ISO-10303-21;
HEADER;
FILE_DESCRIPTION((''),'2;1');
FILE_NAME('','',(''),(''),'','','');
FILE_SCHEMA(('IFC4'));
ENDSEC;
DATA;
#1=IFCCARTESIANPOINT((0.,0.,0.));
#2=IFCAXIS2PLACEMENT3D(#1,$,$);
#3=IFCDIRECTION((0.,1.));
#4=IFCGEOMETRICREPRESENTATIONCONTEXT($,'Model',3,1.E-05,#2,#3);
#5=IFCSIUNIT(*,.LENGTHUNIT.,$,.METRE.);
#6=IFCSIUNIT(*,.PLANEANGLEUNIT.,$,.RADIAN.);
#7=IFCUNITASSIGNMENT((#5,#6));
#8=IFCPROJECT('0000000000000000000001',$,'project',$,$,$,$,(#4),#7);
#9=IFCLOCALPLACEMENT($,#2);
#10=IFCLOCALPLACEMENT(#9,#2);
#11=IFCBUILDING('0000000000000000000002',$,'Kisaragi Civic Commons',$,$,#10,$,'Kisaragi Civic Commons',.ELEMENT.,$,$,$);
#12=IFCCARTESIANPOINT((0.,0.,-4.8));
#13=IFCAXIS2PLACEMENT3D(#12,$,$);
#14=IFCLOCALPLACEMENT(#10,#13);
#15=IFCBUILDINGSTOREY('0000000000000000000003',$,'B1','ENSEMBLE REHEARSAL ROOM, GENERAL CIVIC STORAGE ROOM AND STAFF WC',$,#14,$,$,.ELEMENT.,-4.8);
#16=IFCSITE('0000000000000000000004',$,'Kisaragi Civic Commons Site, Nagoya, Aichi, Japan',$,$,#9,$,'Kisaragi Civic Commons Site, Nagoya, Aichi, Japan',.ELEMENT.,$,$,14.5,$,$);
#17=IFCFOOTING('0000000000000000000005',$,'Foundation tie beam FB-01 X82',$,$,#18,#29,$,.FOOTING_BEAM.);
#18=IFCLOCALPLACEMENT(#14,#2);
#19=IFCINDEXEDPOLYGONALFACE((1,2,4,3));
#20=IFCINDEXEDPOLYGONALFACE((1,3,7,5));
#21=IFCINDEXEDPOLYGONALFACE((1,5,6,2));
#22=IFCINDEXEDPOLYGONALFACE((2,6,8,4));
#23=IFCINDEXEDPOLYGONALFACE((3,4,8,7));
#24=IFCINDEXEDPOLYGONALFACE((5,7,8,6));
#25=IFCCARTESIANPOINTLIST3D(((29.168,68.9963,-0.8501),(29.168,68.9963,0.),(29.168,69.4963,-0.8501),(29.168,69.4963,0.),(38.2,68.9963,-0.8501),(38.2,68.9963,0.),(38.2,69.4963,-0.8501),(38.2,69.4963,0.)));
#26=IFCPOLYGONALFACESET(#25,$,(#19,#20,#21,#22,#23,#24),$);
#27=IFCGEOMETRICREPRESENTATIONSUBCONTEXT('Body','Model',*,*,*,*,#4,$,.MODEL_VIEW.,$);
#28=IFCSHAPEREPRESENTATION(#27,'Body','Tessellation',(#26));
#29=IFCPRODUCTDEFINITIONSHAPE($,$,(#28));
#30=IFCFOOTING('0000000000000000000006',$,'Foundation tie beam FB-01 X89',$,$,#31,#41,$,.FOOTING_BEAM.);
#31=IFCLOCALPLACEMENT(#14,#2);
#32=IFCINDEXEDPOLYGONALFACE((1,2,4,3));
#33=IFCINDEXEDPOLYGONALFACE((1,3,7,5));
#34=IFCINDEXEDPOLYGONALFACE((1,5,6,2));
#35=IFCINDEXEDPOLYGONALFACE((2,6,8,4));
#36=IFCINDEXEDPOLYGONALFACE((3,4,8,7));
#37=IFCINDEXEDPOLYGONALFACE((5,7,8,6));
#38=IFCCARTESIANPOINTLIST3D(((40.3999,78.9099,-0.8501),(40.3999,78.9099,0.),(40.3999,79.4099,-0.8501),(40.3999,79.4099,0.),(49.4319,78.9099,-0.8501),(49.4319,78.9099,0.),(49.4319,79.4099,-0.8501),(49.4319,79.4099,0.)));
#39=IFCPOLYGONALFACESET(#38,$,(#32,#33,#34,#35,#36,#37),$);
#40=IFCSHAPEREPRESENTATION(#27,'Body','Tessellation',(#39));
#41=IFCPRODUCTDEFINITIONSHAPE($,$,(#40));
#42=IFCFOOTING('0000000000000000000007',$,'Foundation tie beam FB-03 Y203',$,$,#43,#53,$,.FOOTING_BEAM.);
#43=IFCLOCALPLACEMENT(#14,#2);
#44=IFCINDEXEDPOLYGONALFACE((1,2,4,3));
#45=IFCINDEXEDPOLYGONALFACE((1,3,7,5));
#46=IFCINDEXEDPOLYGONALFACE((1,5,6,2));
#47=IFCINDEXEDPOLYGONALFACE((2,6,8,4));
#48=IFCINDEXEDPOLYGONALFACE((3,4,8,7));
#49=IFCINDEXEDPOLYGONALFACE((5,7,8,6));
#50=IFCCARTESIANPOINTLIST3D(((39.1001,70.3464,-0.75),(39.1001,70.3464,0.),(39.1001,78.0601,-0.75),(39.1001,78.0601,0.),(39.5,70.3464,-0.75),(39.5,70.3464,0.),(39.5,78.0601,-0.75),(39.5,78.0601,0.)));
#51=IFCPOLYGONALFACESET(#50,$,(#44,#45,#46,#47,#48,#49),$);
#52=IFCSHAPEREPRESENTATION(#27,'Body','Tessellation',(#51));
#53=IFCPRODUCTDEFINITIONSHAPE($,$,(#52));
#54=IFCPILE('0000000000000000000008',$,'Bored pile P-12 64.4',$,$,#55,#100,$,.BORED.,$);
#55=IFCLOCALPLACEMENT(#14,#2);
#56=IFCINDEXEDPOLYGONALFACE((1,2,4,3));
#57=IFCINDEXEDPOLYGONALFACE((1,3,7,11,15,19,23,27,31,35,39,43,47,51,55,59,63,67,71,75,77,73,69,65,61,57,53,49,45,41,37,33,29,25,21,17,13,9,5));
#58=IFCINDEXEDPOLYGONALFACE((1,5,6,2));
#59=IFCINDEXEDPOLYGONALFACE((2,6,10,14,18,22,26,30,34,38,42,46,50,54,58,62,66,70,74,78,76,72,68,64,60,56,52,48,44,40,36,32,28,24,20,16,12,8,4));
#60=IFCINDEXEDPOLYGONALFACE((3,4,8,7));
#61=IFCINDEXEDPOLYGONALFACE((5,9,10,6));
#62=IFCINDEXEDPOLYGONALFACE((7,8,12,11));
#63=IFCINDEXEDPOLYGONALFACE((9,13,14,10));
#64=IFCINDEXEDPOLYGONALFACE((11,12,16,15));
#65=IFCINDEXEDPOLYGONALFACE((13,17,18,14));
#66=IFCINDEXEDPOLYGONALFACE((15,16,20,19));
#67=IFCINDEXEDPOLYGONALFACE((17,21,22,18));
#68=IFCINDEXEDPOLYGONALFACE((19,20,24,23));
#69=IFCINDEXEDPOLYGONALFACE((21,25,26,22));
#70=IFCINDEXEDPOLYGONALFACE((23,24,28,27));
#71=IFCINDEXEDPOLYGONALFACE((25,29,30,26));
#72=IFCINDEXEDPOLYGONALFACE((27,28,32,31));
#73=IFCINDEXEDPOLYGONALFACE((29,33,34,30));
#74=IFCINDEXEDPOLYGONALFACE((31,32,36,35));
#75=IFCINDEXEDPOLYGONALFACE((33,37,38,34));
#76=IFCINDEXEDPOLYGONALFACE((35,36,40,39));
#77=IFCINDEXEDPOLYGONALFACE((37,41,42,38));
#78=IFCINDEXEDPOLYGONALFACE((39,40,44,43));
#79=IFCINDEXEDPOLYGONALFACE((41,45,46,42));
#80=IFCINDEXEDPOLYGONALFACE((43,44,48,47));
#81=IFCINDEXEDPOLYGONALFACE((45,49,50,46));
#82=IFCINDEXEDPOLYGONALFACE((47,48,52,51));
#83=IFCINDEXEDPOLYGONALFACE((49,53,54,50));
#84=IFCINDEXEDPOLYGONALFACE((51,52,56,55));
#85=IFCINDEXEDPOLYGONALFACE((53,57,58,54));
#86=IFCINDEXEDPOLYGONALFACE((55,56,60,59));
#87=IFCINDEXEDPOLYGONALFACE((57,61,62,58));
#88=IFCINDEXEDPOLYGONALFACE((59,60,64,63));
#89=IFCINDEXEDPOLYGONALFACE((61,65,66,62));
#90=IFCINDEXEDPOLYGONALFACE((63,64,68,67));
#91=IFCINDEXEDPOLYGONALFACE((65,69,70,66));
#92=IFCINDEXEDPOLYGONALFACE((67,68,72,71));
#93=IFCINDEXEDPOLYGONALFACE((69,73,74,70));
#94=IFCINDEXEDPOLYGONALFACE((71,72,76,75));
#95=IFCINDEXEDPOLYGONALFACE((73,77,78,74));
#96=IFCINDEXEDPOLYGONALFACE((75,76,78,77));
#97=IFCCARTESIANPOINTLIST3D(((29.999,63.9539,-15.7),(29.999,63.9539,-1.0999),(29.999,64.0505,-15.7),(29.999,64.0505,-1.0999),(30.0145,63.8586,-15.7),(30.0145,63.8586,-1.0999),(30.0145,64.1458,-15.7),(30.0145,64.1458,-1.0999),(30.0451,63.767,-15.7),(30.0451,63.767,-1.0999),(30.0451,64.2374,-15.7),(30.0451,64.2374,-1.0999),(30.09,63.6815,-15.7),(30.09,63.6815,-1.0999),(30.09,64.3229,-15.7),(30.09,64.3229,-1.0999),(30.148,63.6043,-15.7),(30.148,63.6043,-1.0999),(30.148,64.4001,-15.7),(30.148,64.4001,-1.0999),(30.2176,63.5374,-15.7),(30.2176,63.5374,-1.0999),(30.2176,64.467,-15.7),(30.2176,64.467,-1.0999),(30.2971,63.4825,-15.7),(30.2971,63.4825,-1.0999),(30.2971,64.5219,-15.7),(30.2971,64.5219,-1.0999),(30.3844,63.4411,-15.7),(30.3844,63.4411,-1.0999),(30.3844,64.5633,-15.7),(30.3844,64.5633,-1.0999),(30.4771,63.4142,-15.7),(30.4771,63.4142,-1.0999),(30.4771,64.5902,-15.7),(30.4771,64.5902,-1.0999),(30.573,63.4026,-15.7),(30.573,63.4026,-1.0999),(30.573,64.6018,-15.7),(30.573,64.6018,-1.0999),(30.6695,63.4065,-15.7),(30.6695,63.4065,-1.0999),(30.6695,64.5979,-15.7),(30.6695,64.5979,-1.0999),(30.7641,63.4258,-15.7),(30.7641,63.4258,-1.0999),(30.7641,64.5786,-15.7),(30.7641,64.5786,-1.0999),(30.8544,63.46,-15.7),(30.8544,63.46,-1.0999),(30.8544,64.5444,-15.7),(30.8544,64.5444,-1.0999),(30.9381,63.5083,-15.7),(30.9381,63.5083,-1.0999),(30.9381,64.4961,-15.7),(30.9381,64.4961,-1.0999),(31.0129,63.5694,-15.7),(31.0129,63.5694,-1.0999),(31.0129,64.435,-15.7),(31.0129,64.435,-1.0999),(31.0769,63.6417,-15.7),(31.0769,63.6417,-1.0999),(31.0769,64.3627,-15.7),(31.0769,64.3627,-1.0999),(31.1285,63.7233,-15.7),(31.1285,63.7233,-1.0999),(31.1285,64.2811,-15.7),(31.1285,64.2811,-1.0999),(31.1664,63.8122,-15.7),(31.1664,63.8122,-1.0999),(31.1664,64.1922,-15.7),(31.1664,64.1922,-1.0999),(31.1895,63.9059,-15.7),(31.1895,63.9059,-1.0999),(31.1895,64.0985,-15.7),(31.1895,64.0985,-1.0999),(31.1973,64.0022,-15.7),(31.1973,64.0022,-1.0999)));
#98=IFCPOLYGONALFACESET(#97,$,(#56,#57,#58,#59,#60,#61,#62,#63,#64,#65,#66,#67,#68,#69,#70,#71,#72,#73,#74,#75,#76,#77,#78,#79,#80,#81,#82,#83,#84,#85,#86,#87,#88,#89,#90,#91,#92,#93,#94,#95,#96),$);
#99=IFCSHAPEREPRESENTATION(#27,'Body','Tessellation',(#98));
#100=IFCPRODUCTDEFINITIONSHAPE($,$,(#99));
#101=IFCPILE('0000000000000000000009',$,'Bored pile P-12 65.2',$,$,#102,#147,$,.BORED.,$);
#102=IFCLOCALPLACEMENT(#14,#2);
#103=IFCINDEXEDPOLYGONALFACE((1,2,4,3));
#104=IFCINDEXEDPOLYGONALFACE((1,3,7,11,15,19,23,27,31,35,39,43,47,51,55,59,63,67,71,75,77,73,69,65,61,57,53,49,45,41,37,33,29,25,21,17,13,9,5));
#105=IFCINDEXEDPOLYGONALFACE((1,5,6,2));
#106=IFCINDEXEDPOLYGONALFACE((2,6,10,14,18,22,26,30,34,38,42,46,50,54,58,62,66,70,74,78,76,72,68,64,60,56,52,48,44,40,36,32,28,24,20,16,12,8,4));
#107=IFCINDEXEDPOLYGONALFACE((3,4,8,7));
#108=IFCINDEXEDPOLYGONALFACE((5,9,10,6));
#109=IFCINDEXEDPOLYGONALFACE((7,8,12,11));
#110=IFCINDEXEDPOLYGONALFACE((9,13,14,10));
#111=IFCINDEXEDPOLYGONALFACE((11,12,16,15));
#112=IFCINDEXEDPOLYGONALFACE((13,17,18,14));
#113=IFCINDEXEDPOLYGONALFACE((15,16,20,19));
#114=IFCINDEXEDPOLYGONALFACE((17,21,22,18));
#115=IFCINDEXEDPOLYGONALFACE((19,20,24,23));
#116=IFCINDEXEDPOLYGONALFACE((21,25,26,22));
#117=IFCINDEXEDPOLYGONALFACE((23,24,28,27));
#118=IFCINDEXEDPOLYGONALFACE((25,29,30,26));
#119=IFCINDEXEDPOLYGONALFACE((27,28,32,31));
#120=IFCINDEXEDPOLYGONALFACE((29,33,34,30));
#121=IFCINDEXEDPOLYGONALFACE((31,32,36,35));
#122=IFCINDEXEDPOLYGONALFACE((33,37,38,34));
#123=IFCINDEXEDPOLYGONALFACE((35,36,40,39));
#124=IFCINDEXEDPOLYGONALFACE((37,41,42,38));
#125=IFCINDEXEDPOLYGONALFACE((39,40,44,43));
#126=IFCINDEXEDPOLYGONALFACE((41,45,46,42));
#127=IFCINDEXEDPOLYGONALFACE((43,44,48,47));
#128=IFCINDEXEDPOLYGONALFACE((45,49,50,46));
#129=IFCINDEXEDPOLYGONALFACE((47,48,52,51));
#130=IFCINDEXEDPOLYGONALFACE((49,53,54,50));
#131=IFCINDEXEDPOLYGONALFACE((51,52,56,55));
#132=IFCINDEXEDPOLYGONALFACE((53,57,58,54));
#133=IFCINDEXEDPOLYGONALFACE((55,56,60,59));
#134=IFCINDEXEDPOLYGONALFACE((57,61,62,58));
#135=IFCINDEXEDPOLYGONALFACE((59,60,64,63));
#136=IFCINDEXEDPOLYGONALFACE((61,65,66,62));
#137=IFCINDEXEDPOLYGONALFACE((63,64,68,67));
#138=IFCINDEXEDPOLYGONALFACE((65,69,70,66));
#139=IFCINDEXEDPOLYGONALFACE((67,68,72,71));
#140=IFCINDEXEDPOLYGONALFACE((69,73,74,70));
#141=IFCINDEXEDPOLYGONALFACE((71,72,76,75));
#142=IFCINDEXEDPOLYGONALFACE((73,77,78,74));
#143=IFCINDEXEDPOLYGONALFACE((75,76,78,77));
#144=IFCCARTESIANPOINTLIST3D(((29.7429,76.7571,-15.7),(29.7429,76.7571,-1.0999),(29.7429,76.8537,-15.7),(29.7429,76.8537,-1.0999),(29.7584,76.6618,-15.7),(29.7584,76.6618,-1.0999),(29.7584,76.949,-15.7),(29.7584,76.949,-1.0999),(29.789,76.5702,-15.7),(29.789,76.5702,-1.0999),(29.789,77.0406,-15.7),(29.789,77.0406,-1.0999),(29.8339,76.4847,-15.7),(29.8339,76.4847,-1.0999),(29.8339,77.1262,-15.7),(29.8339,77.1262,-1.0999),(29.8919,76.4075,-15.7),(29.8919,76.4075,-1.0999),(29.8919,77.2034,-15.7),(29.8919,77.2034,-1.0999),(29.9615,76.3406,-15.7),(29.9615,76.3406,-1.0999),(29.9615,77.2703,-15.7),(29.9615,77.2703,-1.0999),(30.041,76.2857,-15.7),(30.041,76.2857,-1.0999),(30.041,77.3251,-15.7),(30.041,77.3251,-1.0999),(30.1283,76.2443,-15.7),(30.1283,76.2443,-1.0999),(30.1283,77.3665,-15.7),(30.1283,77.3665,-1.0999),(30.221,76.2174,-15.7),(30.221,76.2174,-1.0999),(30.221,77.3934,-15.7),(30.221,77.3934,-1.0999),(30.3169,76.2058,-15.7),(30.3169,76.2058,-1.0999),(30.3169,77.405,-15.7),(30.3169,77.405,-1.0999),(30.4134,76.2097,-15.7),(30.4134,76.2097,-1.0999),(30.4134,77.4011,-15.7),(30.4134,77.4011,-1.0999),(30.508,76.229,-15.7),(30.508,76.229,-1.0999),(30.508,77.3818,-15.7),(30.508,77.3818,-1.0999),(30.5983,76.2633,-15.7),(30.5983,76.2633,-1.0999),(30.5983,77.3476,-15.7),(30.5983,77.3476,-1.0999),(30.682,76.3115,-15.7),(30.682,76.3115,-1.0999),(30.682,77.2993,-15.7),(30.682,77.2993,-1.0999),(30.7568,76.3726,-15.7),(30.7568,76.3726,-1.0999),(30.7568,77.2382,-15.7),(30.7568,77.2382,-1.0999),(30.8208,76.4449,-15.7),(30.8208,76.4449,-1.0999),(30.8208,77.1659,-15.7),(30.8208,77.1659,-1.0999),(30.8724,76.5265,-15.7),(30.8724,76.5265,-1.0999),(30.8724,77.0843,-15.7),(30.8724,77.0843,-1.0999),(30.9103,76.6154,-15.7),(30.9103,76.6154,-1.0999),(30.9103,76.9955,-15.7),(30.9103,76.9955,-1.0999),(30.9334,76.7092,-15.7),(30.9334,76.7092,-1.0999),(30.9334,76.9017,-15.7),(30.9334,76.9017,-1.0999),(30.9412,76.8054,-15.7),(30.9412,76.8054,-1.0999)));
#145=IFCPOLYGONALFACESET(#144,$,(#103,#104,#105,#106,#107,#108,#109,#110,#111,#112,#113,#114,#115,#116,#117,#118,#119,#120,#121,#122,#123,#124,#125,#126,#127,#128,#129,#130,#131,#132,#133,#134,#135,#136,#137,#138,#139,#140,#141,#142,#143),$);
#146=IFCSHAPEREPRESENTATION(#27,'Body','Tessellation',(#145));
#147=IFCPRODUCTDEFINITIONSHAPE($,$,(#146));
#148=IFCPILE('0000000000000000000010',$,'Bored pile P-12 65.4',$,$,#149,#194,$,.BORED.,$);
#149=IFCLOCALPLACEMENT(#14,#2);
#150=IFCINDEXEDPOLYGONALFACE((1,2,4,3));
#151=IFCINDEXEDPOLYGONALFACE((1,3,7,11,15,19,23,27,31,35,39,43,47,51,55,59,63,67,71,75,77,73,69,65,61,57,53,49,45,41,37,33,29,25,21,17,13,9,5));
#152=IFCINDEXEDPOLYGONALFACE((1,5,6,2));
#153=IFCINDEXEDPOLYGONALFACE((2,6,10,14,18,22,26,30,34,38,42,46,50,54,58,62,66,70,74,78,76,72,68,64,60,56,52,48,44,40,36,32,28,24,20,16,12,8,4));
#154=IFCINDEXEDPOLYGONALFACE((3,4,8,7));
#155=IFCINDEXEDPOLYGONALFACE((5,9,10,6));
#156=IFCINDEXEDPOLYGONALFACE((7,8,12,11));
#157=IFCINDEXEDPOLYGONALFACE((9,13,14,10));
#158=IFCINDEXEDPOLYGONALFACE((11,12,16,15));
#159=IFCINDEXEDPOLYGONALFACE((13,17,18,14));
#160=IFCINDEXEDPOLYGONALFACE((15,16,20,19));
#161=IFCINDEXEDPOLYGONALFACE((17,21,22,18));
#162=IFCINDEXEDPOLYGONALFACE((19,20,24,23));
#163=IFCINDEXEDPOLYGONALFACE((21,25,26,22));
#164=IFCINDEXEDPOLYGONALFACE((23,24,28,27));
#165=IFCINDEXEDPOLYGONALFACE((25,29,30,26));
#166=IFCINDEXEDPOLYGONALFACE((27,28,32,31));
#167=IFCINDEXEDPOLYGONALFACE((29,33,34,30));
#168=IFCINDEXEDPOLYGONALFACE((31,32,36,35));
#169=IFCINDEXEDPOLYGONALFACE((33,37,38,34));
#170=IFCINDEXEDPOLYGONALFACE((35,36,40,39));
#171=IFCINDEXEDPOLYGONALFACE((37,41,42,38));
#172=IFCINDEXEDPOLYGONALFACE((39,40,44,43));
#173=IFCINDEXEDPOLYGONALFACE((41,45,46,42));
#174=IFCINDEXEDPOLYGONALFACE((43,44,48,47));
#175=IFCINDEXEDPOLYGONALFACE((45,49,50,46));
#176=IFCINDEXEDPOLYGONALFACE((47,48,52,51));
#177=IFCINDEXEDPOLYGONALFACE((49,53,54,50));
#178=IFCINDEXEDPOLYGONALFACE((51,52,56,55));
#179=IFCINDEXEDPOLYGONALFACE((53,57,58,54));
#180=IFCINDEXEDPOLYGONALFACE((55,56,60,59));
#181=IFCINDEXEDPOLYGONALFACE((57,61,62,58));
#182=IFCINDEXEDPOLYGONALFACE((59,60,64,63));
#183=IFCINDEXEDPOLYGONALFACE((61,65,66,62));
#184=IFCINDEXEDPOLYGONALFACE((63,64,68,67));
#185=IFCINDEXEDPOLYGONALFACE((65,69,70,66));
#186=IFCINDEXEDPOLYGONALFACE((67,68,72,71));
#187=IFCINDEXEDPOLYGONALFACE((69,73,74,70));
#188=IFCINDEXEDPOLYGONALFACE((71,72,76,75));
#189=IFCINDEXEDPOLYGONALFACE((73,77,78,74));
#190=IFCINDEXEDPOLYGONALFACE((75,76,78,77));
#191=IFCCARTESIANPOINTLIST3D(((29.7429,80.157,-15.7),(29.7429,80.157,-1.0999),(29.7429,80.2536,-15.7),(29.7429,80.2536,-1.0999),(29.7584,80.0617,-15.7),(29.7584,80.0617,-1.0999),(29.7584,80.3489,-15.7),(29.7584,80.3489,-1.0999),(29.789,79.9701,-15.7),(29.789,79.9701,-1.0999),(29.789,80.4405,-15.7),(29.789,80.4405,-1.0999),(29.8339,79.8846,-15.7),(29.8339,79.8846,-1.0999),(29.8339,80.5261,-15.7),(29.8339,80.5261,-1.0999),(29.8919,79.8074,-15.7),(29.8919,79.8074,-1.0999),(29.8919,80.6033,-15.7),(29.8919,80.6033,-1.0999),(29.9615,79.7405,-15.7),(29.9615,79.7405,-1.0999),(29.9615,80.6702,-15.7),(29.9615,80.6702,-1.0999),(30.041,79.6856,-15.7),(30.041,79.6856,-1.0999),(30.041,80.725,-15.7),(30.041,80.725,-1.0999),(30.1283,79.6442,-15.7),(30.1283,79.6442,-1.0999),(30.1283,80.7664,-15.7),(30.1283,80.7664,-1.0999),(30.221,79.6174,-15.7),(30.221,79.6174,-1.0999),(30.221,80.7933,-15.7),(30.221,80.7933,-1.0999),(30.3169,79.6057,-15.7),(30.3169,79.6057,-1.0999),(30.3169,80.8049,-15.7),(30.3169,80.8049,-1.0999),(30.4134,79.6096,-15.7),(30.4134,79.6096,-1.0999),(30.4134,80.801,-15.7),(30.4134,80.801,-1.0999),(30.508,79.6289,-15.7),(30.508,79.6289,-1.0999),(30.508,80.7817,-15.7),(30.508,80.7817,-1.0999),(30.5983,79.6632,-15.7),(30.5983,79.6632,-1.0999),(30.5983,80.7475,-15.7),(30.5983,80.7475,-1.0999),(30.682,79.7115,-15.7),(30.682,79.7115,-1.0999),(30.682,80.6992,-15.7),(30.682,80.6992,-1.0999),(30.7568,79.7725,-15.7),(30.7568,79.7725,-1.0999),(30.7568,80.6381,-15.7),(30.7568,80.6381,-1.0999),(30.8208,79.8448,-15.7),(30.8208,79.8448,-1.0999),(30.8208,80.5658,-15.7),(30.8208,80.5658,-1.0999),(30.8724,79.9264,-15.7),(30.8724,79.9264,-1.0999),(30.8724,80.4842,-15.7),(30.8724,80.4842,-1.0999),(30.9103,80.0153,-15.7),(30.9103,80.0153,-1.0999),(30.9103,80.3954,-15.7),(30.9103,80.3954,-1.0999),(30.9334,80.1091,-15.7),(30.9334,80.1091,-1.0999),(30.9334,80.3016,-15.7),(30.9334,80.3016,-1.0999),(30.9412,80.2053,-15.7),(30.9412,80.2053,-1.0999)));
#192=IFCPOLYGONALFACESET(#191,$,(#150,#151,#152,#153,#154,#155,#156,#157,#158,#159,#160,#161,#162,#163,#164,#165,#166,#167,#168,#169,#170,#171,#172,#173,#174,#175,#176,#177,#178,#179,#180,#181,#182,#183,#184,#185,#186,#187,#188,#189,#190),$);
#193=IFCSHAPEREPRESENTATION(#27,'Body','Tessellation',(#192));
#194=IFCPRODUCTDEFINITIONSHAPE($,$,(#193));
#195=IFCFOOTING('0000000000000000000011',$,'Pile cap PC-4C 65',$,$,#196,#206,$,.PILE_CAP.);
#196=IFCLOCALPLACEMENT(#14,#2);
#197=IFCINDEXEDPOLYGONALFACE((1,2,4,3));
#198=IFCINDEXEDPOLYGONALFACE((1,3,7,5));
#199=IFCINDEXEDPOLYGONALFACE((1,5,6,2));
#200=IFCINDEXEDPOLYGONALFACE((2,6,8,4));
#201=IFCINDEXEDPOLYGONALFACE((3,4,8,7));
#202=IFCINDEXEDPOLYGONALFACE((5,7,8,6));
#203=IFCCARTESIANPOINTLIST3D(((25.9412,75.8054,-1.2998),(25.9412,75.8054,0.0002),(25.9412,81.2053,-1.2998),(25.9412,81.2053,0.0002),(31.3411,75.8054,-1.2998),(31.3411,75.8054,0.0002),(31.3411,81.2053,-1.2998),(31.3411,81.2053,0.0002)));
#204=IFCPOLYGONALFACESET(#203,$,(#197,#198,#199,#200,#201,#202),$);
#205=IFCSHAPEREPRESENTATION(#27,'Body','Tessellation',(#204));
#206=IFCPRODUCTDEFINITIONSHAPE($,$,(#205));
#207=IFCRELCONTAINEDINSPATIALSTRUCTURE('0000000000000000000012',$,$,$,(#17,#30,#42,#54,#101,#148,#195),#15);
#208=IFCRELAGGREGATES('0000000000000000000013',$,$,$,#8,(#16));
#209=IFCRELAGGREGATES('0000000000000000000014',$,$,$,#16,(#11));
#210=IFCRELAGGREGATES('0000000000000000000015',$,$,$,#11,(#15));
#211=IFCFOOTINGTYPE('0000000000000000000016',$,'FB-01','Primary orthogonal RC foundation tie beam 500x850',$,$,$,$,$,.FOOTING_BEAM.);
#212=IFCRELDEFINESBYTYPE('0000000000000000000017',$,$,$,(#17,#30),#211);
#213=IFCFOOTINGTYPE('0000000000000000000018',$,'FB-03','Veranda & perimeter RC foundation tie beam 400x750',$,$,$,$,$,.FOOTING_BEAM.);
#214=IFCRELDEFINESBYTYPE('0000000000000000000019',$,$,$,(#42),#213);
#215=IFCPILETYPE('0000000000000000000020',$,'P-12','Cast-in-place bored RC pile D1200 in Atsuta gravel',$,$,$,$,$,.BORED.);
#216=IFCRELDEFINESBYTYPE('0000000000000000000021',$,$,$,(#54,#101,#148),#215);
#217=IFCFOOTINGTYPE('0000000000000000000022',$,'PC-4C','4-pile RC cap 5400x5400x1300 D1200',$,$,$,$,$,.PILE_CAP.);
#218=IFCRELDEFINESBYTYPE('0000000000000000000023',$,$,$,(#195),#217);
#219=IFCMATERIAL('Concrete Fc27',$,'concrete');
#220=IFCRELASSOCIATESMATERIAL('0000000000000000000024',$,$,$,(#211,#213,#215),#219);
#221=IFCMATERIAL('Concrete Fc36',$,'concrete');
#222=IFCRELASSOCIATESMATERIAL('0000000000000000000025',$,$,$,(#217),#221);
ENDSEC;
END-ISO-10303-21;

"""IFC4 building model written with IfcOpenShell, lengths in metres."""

from ifc_helpers import new_model, si_unit, direction, frame, origin, origin_2d, place, context, subcontext, project, spatial, rectangle, circle, extrude, material, material_profile, profile_set, type_object, element, save


model = new_model("IFC4")

# Units and contexts
model_context = context("Model", 3, precision=1e-05, world=origin(), true_north=direction((0.0, 1.0)))
body_context = subcontext(model_context, "Body", "Model", "MODEL_VIEW")
ifc_project = project(units=[si_unit("LENGTHUNIT", "METRE"), si_unit("PLANEANGLEUNIT", "RADIAN")], contexts=[model_context])

# Site, building, storey
site_placement = place(None, origin())
site = spatial("IfcSite", under=ifc_project, at=site_placement, Name="Kisaragi Civic Commons Site, Nagoya, Aichi, Japan", LongName="Kisaragi Civic Commons Site, Nagoya, Aichi, Japan", CompositionType="ELEMENT", RefElevation=14.5)
building_placement = place(site_placement, origin())
building = spatial("IfcBuilding", under=site, at=building_placement, Name="Kisaragi Civic Commons", LongName="Kisaragi Civic Commons", CompositionType="ELEMENT")
storey_placement = place(building_placement, frame((0.0, 0.0, -4.8)))
storey = spatial("IfcBuildingStorey", under=building, at=storey_placement, Name="B1", Description="ENSEMBLE REHEARSAL ROOM, GENERAL CIVIC STORAGE ROOM AND STAFF WC", CompositionType="ELEMENT", Elevation=-4.8)

# Footings
ifc_material_1 = material(Name="Concrete Fc27", Category="concrete")
ifc_material_profile_1 = material_profile(ifc_material_1, rectangle(XDim=0.5, YDim=0.8501, at=origin_2d()), Name="RC-500x850", Category="concrete")
ifc_profile_set_1 = profile_set([ifc_material_profile_1], Name="Concrete Fc27")
footing_type_1 = type_object("IfcFootingType", Name="FB-01", Description="Primary orthogonal RC foundation tie beam 500x850", PredefinedType="FOOTING_BEAM", material=ifc_profile_set_1)
for number, where, z_axis, x_axis, name in (
    (1, (29.168, 69.2463, -0.425), (1.0, 0.0, 0.0), (0.0, 1.0, 0.0), "Foundation tie beam FB-01 X82"),
    (2, (40.3999, 79.1599, -0.425), (1.0, 0.0, 0.0), (0.0, 1.0, 0.0), "Foundation tie beam FB-01 X89"),
):
    element("IfcFooting", number, at=place(storey_placement, frame(where, z_axis=z_axis, x_axis=x_axis)), inside=storey, type_object=footing_type_1, Name=name, PredefinedType="FOOTING_BEAM", context=body_context, shape_type="SweptSolid", body=[
        extrude(rectangle(XDim=0.5, YDim=0.8501, at=origin_2d()), origin(), (0.0, 0.0, 1.0), 9.032),
    ])
ifc_material_profile_2 = material_profile(ifc_material_1, rectangle(XDim=0.3999, YDim=0.75, at=origin_2d()), Name="RC-400x750", Category="concrete")
ifc_profile_set_2 = profile_set([ifc_material_profile_2], Name="Concrete Fc27")
footing_type_2 = type_object("IfcFootingType", Name="FB-03", Description="Veranda & perimeter RC foundation tie beam 400x750", PredefinedType="FOOTING_BEAM", material=ifc_profile_set_2)
footing_1_placement = place(storey_placement, frame((39.3, 70.3464, -0.375), z_axis=(0.0, 1.0, 0.0), x_axis=(-1.0, 0.0, 0.0)))
element("IfcFooting", 3, at=footing_1_placement, inside=storey, type_object=footing_type_2, Name="Foundation tie beam FB-03 Y203", PredefinedType="FOOTING_BEAM", context=body_context, shape_type="SweptSolid", body=[
    extrude(rectangle(XDim=0.3999, YDim=0.75, at=origin_2d()), origin(), (0.0, 0.0, 1.0), 7.7136),
])

# Piles
ifc_material_profile_3 = material_profile(ifc_material_1, circle(Radius=0.6001, at=origin_2d()), Name="PILE-D1200", Category="concrete")
ifc_profile_set_3 = profile_set([ifc_material_profile_3], Name="Concrete Fc27")
pile_type = type_object("IfcPileType", Name="P-12", Description="Cast-in-place bored RC pile D1200 in Atsuta gravel", PredefinedType="BORED", material=ifc_profile_set_3)
for number, where, z_axis, x_axis, name in (
    (4, (30.5972, 64.0022, -1.0999), (0.0, 0.0, -1.0), (1.0, 0.0, 0.0), "Bored pile P-12 64.4"),
    (5, (30.3411, 76.8054, -1.0999), (0.0, 0.0, -1.0), (1.0, 0.0, 0.0), "Bored pile P-12 65.2"),
    (6, (30.3411, 80.2053, -1.0999), (0.0, 0.0, -1.0), (1.0, 0.0, 0.0), "Bored pile P-12 65.4"),
):
    element("IfcPile", number, at=place(storey_placement, frame(where, z_axis=z_axis, x_axis=x_axis)), inside=storey, type_object=pile_type, Name=name, PredefinedType="BORED", context=body_context, shape_type="SweptSolid", body=[
        extrude(circle(Radius=0.6001, at=origin_2d()), origin(), (0.0, 0.0, 1.0), 14.6001),
    ])

# Footing
ifc_material_2 = material(Name="Concrete Fc36", Category="concrete")
footing_type_3 = type_object("IfcFootingType", Name="PC-4C", Description="4-pile RC cap 5400x5400x1300 D1200", PredefinedType="PILE_CAP", material=ifc_material_2)
footing_2_placement = place(storey_placement, frame((28.6411, 78.5054, -1.2998), z_axis=(0.0, 0.0, 1.0), x_axis=(1.0, 0.0, 0.0)))
element("IfcFooting", 7, at=footing_2_placement, inside=storey, type_object=footing_type_3, Name="Pile cap PC-4C 65", PredefinedType="PILE_CAP", context=body_context, shape_type="SweptSolid", body=[
    extrude(rectangle(XDim=5.3999, YDim=5.3999, at=origin_2d()), origin(), (0.0, 0.0, 1.0), 1.3),
])

save(model, "model.ifc")
